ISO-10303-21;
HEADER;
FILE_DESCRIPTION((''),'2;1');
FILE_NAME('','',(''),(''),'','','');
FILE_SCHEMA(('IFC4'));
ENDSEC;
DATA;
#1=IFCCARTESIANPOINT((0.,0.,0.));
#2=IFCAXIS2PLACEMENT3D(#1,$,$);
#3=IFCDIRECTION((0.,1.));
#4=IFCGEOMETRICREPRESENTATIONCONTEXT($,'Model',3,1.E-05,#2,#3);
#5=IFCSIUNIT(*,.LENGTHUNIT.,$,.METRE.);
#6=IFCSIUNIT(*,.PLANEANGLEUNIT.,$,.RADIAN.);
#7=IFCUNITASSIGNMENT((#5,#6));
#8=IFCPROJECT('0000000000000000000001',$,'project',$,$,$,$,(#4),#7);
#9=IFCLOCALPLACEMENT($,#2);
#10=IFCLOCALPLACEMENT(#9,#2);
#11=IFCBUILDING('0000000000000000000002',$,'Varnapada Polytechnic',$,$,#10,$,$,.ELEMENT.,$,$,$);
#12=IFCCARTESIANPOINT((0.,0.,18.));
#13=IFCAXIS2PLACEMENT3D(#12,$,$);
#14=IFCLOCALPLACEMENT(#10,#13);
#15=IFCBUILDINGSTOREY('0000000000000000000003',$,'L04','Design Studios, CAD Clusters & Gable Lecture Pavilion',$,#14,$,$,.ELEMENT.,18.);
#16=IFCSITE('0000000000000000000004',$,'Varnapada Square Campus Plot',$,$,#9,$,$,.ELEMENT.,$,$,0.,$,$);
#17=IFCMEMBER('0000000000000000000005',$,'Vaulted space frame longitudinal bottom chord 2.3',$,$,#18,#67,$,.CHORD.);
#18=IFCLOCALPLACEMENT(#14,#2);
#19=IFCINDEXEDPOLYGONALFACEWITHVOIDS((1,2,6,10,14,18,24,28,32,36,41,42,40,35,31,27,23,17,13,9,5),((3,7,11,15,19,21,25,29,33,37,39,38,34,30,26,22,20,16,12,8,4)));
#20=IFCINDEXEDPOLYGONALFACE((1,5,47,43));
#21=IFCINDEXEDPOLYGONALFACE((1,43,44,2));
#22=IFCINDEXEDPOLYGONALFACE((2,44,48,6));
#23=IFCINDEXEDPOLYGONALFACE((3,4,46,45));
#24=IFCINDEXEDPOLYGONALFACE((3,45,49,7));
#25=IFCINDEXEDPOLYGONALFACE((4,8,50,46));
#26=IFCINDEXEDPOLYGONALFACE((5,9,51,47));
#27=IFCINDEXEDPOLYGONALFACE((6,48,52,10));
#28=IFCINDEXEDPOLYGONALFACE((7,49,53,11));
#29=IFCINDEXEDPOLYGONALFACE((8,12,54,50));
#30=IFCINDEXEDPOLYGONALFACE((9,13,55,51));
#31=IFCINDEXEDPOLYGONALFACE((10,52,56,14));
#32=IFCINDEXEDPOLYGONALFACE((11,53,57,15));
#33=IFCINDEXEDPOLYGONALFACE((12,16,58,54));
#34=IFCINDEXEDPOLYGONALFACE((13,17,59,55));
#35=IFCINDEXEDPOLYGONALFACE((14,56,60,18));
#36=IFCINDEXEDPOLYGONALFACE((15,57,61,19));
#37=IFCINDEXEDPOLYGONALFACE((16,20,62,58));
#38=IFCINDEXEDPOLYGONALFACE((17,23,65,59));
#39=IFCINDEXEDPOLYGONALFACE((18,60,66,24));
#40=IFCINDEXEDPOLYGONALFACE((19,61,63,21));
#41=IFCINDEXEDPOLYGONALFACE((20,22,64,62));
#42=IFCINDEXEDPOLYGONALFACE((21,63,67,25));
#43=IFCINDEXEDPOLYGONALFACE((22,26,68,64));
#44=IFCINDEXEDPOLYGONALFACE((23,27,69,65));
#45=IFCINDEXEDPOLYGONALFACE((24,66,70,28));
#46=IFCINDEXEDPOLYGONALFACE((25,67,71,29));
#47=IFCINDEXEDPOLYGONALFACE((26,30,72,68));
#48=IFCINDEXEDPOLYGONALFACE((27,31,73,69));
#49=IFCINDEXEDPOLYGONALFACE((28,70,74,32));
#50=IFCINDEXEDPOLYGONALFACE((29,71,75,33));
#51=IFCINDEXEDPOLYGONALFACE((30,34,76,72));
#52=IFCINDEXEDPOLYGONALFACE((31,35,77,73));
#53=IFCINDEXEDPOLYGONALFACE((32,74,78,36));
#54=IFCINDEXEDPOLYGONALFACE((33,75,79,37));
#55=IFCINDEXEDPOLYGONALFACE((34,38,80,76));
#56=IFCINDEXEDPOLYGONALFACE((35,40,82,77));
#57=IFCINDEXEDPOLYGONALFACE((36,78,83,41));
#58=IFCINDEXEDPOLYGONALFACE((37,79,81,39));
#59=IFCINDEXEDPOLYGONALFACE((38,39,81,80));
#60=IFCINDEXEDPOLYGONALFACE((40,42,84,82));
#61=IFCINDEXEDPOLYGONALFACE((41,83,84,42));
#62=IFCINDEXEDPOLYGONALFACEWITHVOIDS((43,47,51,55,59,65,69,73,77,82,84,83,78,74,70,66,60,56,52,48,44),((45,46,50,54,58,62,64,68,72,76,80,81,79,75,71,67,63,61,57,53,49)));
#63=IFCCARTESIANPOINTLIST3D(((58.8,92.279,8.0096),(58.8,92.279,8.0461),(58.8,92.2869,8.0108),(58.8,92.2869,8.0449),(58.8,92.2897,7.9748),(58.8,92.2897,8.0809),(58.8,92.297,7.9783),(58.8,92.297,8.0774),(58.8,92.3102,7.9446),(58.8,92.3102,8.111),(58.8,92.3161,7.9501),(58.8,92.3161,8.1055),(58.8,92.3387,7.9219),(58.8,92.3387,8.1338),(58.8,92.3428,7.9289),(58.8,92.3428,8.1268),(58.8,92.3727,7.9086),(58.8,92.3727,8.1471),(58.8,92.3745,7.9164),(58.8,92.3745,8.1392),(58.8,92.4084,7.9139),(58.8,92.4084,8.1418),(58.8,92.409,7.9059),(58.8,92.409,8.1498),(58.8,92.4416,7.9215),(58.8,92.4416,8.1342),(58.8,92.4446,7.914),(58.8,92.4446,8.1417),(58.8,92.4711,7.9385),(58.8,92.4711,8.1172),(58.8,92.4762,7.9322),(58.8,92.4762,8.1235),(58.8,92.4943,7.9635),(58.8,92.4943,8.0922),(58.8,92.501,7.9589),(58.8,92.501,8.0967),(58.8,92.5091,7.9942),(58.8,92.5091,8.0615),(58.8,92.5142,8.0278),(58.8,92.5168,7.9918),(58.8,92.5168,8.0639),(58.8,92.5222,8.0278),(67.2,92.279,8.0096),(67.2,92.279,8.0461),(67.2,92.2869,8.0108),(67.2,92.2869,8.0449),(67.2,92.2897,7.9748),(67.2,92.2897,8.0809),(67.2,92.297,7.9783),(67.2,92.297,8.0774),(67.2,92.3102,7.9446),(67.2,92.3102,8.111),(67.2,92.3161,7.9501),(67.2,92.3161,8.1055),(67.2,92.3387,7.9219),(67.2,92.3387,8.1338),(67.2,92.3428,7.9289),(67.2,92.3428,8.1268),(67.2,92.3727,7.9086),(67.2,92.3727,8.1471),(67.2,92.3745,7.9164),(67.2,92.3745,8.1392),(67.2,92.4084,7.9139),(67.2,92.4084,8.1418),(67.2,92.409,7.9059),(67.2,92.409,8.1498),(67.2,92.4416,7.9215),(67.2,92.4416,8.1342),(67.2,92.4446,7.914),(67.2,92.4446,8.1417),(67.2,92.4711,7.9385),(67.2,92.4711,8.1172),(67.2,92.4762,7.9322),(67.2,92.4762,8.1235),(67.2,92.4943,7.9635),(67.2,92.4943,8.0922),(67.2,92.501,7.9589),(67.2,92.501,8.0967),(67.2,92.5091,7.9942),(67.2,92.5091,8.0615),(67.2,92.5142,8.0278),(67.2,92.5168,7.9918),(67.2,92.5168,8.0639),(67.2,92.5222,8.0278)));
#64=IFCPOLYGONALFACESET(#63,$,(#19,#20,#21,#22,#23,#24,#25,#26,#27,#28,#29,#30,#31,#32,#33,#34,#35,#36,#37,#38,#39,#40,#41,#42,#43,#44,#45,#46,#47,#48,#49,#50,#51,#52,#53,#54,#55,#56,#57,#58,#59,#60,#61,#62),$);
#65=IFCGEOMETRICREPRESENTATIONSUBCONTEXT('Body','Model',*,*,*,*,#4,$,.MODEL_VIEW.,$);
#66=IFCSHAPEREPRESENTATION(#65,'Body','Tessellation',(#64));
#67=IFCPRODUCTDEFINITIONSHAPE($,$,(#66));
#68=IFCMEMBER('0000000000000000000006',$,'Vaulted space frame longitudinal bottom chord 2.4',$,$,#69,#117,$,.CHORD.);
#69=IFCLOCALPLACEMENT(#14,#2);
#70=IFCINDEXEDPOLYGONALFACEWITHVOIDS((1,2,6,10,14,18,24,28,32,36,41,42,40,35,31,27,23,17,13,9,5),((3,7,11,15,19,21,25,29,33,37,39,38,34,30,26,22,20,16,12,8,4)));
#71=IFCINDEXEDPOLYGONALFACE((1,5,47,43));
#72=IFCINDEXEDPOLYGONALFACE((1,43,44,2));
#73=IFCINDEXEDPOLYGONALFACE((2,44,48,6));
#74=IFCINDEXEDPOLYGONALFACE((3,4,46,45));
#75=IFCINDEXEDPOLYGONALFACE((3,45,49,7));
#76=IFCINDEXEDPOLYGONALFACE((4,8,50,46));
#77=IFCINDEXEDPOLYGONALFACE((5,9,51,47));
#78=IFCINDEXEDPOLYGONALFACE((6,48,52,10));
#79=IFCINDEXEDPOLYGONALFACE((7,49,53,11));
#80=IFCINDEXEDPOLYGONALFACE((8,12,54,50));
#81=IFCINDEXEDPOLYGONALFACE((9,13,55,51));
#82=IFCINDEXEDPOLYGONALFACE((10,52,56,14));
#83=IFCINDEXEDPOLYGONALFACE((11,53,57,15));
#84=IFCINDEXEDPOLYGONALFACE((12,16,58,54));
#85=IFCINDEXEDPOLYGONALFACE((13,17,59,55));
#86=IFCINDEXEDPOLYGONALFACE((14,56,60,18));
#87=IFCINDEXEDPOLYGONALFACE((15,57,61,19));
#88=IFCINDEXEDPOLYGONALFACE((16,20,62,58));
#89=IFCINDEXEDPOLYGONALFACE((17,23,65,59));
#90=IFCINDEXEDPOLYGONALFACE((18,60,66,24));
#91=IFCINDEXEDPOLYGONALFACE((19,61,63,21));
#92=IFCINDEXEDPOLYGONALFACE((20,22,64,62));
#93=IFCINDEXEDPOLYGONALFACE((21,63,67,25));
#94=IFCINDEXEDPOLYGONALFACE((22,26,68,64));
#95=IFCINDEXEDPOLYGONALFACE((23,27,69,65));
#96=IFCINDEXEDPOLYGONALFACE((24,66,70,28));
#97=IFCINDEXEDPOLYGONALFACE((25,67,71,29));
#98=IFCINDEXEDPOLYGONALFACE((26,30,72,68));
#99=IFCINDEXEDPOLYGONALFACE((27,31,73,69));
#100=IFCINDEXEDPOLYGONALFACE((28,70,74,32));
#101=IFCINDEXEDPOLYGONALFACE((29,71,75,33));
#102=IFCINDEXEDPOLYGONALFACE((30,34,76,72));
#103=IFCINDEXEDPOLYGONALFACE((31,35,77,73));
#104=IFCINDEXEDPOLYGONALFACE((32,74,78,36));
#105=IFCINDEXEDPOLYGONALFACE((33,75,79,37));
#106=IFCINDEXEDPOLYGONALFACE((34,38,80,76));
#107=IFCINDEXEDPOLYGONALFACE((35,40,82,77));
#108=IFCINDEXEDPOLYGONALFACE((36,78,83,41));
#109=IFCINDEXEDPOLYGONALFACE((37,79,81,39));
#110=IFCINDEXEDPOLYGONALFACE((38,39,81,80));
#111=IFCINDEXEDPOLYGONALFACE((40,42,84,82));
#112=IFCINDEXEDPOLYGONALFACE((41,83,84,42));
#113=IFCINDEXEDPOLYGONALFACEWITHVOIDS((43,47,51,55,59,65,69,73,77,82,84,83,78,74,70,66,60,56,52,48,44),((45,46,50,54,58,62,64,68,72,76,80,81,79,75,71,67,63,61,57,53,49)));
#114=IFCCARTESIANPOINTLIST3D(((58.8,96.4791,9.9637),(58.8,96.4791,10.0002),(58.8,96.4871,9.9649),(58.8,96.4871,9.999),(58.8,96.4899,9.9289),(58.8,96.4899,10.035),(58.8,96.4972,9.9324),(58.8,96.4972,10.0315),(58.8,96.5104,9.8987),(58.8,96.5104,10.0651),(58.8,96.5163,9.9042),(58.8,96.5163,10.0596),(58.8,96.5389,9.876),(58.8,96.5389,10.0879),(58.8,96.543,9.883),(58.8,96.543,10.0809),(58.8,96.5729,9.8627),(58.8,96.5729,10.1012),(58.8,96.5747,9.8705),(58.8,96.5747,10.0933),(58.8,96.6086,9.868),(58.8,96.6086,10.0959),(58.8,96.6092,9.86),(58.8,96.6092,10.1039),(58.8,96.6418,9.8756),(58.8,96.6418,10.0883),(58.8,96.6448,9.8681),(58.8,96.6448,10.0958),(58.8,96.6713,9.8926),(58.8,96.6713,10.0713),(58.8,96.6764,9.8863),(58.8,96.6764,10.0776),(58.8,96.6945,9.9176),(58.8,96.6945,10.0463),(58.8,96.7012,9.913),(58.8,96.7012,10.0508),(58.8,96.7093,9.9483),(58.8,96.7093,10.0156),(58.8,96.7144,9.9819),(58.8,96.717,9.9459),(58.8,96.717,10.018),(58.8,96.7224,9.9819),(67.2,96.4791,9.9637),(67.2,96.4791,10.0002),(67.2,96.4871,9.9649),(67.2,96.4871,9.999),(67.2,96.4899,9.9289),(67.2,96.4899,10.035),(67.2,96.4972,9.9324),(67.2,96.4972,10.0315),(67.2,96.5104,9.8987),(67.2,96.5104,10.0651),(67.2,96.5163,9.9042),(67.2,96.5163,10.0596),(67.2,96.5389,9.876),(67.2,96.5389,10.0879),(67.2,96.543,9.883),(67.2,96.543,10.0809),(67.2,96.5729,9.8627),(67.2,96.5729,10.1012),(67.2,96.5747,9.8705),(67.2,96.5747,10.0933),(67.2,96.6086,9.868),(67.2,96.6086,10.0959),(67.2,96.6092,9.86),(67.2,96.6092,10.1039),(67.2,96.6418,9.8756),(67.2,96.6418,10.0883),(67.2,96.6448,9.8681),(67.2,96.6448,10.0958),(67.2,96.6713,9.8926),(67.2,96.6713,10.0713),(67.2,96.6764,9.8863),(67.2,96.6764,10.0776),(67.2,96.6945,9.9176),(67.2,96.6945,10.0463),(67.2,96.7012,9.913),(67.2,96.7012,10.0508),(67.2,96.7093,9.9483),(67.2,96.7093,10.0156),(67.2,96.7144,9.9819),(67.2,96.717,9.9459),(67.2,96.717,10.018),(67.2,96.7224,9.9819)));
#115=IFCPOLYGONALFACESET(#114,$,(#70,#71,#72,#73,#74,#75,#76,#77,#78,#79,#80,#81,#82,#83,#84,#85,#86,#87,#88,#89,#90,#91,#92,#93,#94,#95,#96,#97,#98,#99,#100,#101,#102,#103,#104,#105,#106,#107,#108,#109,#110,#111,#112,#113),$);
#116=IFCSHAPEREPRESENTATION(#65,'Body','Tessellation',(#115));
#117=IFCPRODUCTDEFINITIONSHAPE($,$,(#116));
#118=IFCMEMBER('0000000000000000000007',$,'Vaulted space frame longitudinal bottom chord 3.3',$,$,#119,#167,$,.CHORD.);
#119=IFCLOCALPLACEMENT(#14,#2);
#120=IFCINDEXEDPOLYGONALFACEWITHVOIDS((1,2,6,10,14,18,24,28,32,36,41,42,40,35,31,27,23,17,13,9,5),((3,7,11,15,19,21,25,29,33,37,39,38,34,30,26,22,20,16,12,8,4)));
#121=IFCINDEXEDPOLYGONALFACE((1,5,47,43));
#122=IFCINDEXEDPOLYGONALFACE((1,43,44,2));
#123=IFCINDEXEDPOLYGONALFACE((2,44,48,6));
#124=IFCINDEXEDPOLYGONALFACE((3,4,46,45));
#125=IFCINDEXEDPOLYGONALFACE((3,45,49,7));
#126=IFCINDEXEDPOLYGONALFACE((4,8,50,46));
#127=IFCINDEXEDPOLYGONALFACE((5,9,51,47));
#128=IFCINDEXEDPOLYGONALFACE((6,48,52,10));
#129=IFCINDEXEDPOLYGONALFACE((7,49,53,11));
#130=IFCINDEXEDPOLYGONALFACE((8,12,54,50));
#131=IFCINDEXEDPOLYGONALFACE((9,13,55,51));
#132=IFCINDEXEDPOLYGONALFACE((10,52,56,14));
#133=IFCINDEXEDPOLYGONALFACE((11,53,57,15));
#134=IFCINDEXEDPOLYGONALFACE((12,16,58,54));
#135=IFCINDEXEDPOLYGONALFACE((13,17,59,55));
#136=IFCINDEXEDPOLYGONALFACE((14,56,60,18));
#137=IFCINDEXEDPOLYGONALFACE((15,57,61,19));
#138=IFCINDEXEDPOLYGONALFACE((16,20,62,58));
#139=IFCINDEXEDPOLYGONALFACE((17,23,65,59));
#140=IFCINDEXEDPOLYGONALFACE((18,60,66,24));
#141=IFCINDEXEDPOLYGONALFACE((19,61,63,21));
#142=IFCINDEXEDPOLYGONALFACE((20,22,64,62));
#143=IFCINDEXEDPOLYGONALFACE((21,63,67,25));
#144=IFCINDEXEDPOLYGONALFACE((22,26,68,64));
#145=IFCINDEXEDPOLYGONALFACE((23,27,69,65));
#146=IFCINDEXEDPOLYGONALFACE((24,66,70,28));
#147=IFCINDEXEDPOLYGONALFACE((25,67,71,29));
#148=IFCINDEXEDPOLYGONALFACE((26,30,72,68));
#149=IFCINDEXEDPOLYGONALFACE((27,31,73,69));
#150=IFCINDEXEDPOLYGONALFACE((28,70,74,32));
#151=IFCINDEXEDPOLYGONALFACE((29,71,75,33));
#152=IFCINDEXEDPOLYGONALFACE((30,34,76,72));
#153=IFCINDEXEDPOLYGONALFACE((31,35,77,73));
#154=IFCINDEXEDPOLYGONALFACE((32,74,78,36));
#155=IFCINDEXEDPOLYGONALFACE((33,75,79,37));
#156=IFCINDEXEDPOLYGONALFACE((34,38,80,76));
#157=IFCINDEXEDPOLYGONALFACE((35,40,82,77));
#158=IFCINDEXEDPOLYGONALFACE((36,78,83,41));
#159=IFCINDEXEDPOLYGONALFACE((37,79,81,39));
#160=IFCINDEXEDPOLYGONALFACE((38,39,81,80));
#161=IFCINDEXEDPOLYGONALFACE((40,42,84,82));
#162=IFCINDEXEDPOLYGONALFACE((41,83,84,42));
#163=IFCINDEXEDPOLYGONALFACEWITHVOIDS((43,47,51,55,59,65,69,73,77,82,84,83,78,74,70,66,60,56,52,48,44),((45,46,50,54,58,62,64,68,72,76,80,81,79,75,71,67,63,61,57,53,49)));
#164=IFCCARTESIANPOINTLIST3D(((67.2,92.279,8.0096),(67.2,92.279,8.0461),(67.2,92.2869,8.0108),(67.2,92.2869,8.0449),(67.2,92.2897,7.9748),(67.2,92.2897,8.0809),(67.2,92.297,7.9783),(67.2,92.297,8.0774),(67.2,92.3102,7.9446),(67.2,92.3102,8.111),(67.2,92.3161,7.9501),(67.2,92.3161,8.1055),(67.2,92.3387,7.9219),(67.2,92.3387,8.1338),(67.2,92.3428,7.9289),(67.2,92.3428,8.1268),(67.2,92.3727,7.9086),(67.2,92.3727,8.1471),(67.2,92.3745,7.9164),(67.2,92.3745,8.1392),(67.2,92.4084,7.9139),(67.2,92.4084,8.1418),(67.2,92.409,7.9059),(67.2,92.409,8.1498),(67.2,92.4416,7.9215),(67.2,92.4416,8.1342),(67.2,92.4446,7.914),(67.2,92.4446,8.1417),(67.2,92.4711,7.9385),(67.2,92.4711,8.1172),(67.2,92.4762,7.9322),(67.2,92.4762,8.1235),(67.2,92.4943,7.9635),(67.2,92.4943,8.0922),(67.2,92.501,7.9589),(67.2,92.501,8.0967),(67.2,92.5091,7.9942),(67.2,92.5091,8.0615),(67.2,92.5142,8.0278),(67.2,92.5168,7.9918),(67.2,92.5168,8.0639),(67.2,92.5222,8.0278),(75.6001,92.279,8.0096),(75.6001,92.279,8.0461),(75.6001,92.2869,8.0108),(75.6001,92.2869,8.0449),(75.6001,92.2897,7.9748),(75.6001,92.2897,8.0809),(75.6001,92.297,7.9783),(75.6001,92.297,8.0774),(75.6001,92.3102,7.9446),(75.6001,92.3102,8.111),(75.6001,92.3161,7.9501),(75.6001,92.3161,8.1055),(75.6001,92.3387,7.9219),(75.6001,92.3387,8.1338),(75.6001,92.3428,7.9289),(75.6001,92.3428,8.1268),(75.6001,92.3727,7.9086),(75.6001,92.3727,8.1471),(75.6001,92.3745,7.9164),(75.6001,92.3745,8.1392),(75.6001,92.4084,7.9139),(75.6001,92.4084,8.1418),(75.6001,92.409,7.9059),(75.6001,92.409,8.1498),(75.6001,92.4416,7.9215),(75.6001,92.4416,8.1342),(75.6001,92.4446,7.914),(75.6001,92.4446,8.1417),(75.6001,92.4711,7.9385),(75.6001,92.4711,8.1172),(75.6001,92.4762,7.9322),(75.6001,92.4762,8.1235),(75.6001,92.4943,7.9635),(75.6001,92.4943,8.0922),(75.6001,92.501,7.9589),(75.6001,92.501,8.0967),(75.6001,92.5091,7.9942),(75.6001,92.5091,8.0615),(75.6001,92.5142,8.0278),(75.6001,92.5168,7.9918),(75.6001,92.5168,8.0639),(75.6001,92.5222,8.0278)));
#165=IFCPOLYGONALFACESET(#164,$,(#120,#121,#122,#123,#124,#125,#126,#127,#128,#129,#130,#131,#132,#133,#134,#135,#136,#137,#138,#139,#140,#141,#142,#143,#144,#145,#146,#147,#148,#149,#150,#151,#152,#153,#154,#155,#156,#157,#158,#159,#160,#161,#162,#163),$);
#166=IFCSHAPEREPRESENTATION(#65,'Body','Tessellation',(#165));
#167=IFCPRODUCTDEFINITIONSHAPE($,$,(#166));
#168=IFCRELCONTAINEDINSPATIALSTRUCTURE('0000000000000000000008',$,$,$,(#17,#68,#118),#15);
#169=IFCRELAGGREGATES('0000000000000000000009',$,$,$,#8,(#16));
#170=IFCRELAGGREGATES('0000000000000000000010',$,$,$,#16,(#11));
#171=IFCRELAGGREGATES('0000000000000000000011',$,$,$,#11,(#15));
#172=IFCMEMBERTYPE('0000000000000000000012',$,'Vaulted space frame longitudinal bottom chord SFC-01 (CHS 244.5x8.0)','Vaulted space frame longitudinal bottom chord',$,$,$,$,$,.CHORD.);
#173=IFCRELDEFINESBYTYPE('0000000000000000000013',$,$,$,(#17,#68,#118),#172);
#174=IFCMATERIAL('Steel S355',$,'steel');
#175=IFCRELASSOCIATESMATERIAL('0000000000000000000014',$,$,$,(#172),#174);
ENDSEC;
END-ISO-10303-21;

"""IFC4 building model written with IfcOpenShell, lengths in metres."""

from ifc_helpers import new_model, si_unit, direction, frame, origin, origin_2d, place, context, subcontext, project, spatial, hollow_circle, extrude, material, material_profile, profile_set, type_object, element, save


model = new_model("IFC4")

# Units and contexts
model_context = context("Model", 3, precision=1e-05, world=origin(), true_north=direction((0.0, 1.0)))
body_context = subcontext(model_context, "Body", "Model", "MODEL_VIEW")
ifc_project = project(units=[si_unit("LENGTHUNIT", "METRE"), si_unit("PLANEANGLEUNIT", "RADIAN")], contexts=[model_context])

# Site, building, storey
site_placement = place(None, origin())
site = spatial("IfcSite", under=ifc_project, at=site_placement, Name="Varnapada Square Campus Plot", CompositionType="ELEMENT", RefElevation=0.0)
building_placement = place(site_placement, origin())
building = spatial("IfcBuilding", under=site, at=building_placement, Name="Varnapada Polytechnic", CompositionType="ELEMENT")
storey_placement = place(building_placement, frame((0.0, 0.0, 18.0)))
storey = spatial("IfcBuildingStorey", under=building, at=storey_placement, Name="L04", Description="Design Studios, CAD Clusters & Gable Lecture Pavilion", CompositionType="ELEMENT", Elevation=18.0)

# Members
ifc_material = material(Name="Steel S355", Category="steel")
ifc_material_profile_1 = material_profile(ifc_material, hollow_circle(Radius=0.1223, WallThickness=0.0081, at=origin_2d()), Name="CHS 244.5x8.0")
ifc_profile_set_1 = profile_set([ifc_material_profile_1], Name="Steel S355")
member_type_1 = type_object("IfcMemberType", Name="Vaulted space frame longitudinal bottom chord SFC-01 (CHS 244.5x8.0)", Description="Vaulted space frame longitudinal bottom chord", PredefinedType="CHORD", material=ifc_profile_set_1)
for number, where, z_axis, x_axis, name in (
    (1, (58.8, 92.3999, 8.0278), (1.0, 0.0, 0.0), (0.0, 1.0, 0.0), "Vaulted space frame longitudinal bottom chord 2.3"),
    (2, (58.8, 96.6001, 9.9819), (1.0, 0.0, 0.0), (0.0, 1.0, 0.0), "Vaulted space frame longitudinal bottom chord 2.4"),
):
    element("IfcMember", number, at=place(storey_placement, frame(where, z_axis=z_axis, x_axis=x_axis)), inside=storey, type_object=member_type_1, Name=name, PredefinedType="CHORD", context=body_context, shape_type="SweptSolid", body=[
        extrude(hollow_circle(Radius=0.1223, WallThickness=0.0081, at=origin_2d()), origin(), (0.0, 0.0, 1.0), 8.3999),
    ])
member_1_placement = place(storey_placement, frame((67.2, 92.3999, 8.0278), z_axis=(1.0, 0.0, 0.0), x_axis=(0.0, 1.0, 0.0)))
element("IfcMember", 3, at=member_1_placement, inside=storey, type_object=member_type_1, Name="Vaulted space frame longitudinal bottom chord 3.3", PredefinedType="CHORD", context=body_context, shape_type="SweptSolid", body=[
    extrude(hollow_circle(Radius=0.1223, WallThickness=0.0081, at=origin_2d()), origin(), (0.0, 0.0, 1.0), 8.4001),
])

save(model, "model.ifc")
